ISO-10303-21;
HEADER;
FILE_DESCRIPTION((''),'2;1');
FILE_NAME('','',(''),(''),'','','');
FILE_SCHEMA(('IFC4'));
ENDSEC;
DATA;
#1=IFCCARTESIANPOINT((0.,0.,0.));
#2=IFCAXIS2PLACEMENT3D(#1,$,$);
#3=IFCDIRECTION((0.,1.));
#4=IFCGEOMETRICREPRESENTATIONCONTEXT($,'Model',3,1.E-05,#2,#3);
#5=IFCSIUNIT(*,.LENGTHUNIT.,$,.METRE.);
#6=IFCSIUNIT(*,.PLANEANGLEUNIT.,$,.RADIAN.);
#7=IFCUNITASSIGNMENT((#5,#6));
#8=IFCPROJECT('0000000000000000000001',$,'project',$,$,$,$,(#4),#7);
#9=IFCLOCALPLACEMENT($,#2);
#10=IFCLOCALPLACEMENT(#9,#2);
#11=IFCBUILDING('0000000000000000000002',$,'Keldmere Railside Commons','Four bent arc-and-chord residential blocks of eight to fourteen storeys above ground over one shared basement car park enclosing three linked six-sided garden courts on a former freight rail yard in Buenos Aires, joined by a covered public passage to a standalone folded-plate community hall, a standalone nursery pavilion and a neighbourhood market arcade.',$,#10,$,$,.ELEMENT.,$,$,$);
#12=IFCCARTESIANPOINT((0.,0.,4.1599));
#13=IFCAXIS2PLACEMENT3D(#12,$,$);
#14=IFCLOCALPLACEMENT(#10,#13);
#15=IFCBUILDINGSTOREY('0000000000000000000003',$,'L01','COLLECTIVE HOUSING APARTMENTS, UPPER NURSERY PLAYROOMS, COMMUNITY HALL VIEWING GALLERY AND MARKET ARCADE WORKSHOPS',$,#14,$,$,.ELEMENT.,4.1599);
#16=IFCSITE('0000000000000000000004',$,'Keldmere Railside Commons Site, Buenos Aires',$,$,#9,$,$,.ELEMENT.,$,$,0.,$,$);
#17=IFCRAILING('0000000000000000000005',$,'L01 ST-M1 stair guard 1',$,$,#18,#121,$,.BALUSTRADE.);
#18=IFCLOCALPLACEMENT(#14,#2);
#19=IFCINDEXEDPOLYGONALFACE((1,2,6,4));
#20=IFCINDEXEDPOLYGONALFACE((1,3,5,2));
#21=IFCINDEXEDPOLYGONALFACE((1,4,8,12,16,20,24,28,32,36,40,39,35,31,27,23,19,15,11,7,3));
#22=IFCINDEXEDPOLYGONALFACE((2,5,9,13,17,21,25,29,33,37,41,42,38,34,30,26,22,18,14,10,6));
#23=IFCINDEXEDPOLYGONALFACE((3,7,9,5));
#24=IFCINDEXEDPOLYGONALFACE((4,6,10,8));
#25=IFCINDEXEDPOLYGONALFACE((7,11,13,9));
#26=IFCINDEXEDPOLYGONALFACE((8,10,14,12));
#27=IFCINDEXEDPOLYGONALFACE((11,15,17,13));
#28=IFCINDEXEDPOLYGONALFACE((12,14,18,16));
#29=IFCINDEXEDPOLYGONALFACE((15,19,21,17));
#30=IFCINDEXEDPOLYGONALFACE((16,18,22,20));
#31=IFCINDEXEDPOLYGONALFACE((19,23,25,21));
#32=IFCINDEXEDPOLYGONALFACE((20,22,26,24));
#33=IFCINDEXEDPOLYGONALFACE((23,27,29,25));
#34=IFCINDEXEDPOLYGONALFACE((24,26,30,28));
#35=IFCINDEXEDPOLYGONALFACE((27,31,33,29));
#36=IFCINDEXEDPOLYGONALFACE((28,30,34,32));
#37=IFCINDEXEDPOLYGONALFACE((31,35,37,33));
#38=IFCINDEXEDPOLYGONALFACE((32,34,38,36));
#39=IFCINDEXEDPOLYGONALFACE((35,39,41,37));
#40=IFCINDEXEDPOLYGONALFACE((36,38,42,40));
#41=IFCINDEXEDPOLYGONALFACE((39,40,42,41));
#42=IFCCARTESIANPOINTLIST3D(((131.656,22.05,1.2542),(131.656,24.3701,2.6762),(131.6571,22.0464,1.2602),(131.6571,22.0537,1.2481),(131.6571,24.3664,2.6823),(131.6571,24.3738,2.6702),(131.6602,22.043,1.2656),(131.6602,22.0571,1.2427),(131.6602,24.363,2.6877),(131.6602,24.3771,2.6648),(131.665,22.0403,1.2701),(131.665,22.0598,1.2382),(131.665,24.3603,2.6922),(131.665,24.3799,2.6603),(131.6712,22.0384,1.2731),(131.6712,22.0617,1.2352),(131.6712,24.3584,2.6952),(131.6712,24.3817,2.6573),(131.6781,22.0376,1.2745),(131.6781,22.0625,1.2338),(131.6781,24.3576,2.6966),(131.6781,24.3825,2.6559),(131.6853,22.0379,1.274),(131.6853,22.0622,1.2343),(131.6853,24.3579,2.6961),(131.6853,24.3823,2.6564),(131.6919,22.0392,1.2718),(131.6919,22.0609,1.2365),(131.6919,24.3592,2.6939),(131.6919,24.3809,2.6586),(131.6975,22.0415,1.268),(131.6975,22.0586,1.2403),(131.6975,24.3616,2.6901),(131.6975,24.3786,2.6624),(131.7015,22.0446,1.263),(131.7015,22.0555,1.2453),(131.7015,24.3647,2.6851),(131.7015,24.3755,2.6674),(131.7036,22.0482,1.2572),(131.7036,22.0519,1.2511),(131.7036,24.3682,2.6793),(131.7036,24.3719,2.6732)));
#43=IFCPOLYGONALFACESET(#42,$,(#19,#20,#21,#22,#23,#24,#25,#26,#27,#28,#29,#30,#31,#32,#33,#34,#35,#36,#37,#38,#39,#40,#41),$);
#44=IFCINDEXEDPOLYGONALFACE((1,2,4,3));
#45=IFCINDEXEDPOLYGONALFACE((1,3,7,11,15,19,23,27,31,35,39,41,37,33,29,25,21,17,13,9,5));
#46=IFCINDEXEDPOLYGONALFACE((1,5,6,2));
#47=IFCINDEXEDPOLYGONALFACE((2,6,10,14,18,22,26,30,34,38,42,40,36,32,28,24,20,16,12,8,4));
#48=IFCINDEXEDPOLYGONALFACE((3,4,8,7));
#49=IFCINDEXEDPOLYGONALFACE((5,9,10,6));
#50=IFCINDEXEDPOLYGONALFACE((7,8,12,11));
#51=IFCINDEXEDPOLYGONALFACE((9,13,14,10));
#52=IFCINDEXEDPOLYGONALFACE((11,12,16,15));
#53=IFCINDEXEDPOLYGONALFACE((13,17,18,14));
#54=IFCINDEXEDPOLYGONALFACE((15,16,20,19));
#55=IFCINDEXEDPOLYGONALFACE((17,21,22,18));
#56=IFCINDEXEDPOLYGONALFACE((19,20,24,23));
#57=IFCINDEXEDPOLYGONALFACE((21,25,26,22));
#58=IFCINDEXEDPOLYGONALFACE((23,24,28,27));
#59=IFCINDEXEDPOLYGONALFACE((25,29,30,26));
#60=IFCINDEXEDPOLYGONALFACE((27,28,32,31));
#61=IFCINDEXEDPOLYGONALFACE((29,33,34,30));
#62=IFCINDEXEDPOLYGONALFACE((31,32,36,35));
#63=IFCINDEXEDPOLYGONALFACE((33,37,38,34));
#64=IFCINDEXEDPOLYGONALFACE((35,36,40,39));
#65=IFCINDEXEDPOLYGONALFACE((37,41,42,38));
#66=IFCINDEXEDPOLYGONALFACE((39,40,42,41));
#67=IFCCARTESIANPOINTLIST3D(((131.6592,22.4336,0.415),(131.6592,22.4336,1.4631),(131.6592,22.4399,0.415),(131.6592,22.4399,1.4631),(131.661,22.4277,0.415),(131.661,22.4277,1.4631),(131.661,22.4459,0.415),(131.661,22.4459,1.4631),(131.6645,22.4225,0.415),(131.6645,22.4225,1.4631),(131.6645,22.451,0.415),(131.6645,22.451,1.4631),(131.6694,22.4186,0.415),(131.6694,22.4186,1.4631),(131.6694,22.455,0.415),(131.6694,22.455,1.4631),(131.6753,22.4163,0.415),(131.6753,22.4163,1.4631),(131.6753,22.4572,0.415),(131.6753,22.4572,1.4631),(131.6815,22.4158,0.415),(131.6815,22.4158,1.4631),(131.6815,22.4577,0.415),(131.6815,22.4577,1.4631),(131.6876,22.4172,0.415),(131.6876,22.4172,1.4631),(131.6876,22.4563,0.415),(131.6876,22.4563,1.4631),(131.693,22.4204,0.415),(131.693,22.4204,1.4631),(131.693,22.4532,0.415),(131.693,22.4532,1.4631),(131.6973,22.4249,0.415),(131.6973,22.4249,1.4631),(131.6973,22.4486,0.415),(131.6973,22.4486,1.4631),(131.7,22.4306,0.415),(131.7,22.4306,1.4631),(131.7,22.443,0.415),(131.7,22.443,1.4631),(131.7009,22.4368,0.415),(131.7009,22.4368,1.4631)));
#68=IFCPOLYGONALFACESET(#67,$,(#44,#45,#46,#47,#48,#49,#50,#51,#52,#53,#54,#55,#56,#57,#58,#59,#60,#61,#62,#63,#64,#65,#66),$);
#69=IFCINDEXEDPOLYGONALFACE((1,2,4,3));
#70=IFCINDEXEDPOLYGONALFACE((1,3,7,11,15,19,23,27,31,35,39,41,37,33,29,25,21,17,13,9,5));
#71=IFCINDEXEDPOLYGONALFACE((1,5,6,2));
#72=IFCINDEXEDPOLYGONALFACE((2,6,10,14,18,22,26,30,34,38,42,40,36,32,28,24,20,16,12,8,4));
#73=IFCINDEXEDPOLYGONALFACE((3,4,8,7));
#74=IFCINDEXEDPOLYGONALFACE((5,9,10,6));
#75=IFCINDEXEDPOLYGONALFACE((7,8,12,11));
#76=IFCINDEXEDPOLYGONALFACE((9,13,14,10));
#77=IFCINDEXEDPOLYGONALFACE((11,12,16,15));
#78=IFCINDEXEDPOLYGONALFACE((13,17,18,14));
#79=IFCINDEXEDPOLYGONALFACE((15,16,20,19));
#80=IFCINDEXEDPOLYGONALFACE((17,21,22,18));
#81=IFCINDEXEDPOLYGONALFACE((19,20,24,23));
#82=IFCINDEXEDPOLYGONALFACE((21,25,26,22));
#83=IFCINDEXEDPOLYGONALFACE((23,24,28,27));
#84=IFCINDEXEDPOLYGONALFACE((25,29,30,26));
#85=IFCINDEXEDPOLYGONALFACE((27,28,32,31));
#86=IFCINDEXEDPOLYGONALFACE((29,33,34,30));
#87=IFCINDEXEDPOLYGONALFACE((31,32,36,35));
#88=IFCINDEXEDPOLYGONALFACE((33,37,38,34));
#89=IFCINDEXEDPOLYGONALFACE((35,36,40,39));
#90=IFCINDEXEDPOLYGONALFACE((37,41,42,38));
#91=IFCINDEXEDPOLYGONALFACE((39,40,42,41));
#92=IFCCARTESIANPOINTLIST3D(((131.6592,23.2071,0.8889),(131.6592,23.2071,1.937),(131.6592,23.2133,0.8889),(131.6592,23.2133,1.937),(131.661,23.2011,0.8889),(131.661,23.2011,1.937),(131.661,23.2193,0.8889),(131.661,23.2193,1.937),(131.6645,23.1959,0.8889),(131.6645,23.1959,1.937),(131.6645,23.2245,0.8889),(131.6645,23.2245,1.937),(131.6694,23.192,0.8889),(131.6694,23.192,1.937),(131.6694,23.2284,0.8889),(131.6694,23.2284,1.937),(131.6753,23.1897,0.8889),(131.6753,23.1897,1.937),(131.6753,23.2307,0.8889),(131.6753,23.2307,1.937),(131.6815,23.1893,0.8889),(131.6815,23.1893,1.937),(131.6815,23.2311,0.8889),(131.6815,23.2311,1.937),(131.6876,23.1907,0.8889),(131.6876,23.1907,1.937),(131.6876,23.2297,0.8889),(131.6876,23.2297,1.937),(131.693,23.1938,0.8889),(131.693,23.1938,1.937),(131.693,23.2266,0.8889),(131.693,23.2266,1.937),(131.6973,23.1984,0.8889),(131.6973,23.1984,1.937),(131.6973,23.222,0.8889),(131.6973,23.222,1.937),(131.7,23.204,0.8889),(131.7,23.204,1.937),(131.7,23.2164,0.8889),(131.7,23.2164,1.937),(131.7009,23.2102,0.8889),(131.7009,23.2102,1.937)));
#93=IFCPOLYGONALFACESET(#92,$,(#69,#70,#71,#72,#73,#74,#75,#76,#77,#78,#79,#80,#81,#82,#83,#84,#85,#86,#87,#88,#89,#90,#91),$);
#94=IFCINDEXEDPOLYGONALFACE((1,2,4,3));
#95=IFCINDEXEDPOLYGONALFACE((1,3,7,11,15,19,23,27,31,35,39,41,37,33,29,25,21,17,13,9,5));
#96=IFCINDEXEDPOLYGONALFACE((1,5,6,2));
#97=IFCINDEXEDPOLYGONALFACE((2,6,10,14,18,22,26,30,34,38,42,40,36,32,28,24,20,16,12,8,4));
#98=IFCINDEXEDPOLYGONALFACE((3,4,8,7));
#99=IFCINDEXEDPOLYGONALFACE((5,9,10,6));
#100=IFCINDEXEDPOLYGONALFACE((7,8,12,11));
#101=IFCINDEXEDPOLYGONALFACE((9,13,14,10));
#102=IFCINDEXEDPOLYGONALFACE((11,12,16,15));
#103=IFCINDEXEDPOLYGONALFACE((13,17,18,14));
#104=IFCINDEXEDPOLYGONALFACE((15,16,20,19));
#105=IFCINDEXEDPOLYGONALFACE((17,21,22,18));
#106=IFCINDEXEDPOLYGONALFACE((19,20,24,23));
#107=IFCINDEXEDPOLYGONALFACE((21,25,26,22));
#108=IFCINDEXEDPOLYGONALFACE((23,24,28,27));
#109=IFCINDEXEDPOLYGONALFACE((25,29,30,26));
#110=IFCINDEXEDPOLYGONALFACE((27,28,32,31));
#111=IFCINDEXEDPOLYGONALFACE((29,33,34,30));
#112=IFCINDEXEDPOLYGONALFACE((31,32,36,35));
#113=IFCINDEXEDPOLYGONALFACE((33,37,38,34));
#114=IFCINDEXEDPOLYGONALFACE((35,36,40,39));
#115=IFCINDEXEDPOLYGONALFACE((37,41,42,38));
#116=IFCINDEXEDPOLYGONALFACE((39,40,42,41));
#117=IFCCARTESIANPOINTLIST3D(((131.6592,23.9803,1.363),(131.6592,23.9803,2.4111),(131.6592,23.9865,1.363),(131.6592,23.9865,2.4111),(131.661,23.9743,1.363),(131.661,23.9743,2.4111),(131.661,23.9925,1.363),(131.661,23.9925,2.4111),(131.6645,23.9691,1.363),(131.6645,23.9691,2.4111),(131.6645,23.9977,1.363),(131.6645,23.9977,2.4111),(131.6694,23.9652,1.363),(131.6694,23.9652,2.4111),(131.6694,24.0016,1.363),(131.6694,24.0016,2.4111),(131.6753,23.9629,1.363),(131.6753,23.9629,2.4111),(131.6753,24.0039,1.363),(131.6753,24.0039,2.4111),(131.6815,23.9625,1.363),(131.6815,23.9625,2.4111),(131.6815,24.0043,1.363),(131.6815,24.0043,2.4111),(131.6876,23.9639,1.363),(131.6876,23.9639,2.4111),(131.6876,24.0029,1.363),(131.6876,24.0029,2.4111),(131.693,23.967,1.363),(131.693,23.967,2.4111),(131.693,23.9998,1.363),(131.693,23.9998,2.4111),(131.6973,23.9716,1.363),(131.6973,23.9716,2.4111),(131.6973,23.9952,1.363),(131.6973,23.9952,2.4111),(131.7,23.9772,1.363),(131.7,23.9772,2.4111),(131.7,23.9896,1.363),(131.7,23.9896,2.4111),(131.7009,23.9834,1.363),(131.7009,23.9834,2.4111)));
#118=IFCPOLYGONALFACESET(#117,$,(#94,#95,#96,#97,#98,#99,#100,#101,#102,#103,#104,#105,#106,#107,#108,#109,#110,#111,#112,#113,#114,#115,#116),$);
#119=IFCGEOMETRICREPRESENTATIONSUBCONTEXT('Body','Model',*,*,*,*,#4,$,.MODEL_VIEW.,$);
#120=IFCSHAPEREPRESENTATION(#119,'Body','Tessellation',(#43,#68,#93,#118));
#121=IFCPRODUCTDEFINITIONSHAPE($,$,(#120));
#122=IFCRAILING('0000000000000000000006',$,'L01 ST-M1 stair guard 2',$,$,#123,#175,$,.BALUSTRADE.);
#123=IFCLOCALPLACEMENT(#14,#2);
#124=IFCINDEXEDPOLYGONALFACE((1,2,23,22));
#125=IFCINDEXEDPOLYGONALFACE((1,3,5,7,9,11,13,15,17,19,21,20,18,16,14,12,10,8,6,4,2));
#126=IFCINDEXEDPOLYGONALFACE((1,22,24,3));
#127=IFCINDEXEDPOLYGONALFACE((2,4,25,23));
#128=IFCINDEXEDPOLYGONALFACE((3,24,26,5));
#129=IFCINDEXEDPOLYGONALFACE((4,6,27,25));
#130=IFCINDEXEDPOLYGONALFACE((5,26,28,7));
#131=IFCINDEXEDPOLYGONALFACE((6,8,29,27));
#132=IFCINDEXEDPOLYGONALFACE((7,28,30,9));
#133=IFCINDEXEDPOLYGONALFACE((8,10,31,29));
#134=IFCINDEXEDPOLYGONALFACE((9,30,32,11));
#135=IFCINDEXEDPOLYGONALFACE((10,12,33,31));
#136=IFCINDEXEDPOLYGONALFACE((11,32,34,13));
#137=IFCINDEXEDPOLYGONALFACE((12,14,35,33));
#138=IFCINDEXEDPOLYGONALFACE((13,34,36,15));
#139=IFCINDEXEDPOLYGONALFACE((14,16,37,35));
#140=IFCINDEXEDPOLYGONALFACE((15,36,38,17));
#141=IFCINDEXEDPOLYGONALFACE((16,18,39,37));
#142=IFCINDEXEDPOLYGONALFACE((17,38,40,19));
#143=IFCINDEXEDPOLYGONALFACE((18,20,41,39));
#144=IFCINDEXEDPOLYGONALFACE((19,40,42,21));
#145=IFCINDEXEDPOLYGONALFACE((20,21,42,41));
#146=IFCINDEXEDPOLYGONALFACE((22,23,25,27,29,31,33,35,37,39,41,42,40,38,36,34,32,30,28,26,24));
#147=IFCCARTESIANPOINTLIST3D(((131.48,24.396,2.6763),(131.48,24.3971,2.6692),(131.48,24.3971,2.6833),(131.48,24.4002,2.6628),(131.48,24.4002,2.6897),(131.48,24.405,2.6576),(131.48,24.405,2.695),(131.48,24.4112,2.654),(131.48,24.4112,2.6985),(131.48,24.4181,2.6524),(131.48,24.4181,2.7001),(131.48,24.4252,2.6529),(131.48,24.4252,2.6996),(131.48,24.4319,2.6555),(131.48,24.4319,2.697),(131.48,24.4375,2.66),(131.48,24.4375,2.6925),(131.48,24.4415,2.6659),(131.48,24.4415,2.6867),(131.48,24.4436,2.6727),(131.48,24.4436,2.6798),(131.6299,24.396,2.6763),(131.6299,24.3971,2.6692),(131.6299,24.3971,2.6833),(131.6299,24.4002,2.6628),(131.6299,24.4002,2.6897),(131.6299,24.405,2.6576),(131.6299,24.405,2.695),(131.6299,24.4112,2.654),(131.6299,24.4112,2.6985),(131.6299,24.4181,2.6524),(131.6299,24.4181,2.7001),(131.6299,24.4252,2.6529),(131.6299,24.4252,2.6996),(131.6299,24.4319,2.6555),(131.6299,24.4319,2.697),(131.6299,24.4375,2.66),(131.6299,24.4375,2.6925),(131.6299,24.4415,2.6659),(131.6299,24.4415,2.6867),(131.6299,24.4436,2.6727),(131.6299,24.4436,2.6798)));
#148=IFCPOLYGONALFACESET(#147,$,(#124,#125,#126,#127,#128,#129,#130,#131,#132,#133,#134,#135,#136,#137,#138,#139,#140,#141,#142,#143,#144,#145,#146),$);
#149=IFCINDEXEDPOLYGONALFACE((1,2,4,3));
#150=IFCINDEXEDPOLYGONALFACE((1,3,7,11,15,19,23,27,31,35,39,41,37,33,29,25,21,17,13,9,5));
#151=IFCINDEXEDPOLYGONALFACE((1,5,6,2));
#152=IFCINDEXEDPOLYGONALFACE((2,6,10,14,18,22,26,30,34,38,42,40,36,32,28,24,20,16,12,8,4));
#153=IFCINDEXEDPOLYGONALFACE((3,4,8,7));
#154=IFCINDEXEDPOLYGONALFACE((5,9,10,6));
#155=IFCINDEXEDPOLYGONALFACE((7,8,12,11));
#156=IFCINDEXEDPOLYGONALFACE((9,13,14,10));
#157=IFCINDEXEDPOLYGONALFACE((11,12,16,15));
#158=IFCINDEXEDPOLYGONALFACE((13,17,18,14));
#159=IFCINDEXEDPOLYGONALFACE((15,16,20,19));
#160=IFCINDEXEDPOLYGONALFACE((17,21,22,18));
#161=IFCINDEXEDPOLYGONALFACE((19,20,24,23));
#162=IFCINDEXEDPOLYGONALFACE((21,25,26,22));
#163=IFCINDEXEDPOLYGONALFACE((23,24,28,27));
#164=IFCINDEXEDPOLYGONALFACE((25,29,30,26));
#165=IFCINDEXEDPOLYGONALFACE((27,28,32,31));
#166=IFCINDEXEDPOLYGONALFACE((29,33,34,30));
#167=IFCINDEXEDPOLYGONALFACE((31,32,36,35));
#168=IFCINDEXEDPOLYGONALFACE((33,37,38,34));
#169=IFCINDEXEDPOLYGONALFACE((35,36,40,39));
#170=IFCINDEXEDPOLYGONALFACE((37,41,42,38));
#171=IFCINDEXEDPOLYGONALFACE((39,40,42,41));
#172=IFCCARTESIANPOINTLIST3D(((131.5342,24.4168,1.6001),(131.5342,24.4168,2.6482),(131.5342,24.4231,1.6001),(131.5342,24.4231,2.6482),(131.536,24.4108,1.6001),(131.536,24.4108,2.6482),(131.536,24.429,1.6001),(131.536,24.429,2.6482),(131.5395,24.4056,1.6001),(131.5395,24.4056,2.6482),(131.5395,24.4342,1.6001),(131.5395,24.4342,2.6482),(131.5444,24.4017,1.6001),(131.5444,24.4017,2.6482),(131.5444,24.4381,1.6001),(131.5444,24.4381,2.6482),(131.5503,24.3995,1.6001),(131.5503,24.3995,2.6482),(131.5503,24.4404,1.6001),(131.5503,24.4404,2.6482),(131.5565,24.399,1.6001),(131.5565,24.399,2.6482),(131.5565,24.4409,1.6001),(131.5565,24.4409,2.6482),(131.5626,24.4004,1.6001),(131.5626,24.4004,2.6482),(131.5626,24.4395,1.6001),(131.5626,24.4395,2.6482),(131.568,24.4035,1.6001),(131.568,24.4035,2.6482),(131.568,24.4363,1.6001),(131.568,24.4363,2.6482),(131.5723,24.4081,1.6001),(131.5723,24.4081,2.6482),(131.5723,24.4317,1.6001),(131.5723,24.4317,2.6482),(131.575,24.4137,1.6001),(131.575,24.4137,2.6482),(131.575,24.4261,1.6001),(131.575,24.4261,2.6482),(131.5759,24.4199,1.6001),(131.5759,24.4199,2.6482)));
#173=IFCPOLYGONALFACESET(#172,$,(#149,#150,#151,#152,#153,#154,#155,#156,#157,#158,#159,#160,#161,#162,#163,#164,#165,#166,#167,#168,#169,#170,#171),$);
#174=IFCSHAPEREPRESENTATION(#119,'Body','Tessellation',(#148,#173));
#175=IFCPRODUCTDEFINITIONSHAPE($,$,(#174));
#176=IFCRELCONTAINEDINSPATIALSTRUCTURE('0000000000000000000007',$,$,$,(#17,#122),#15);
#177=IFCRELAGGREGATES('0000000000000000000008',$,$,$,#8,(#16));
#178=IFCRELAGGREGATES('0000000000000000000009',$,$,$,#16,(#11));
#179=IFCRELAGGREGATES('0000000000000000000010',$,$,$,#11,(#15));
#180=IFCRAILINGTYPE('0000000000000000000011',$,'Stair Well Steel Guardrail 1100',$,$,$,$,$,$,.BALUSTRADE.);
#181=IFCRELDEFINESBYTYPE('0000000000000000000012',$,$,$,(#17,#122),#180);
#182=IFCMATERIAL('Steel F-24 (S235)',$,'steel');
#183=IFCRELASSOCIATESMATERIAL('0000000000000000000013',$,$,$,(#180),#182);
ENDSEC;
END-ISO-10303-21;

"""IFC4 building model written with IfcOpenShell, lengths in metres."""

from ifc_helpers import new_model, si_unit, direction, frame, origin, origin_2d, place, context, subcontext, project, spatial, circle, extrude, material, type_object, element, save


model = new_model("IFC4")

# Units and contexts
model_context = context("Model", 3, precision=1e-05, world=origin(), true_north=direction((0.0, 1.0)))
body_context = subcontext(model_context, "Body", "Model", "MODEL_VIEW")
ifc_project = project(units=[si_unit("LENGTHUNIT", "METRE"), si_unit("PLANEANGLEUNIT", "RADIAN")], contexts=[model_context])

# Site, building, storey
site_placement = place(None, origin())
site = spatial("IfcSite", under=ifc_project, at=site_placement, Name="Keldmere Railside Commons Site, Buenos Aires", CompositionType="ELEMENT", RefElevation=0.0)
building_placement = place(site_placement, origin())
building = spatial("IfcBuilding", under=site, at=building_placement, Name="Keldmere Railside Commons", Description="Four bent arc-and-chord residential blocks of eight to fourteen storeys above ground over one shared basement car park enclosing three linked six-sided garden courts on a former freight rail yard in Buenos Aires, joined by a covered public passage to a standalone folded-plate community hall, a standalone nursery pavilion and a neighbourhood market arcade.", CompositionType="ELEMENT")
storey_placement = place(building_placement, frame((0.0, 0.0, 4.1599)))
storey = spatial("IfcBuildingStorey", under=building, at=storey_placement, Name="L01", Description="COLLECTIVE HOUSING APARTMENTS, UPPER NURSERY PLAYROOMS, COMMUNITY HALL VIEWING GALLERY AND MARKET ARCADE WORKSHOPS", CompositionType="ELEMENT", Elevation=4.1599)

# Shared definitions
ifc_material_1 = material(Name="Steel F-24 (S235)", Category="steel")

# Railings
railing_type_1 = type_object("IfcRailingType", Name="Stair Well Steel Guardrail 1100", PredefinedType="BALUSTRADE", material=ifc_material_1)
railing_1_placement = place(storey_placement, frame((131.6799, 22.05, 0.178)))
element("IfcRailing", 1, at=railing_1_placement, inside=storey, type_object=railing_type_1, Name="L01 ST-M1 stair guard 1", PredefinedType="BALUSTRADE", context=body_context, shape_type="SweptSolid", body=[
    extrude(circle(Radius=0.0239, at=origin_2d()), frame((0.0, 0.0, 1.0762), z_axis=(0.0, 0.852578, 0.5226), x_axis=(-1.0, 0.0, 0.0)), (0.0, 0.0, 1.0), 2.7212),
    extrude(circle(Radius=0.021, at=origin_2d()), frame((0.0, 0.3867, 0.2371)), (0.0, 0.0, 1.0), 1.0481),
    extrude(circle(Radius=0.021, at=origin_2d()), frame((0.0, 1.1602, 0.7109)), (0.0, 0.0, 1.0), 1.0481),
    extrude(circle(Radius=0.021, at=origin_2d()), frame((0.0, 1.9333, 1.1851)), (0.0, 0.0, 1.0), 1.0481),
])
railing_2_placement = place(storey_placement, frame((131.6299, 24.4199, 1.6001)))
element("IfcRailing", 2, at=railing_2_placement, inside=storey, type_object=railing_type_1, Name="L01 ST-M1 stair guard 2", PredefinedType="BALUSTRADE", context=body_context, shape_type="SweptSolid", body=[
    extrude(circle(Radius=0.0239, at=origin_2d()), frame((0.0, 0.0, 1.0762), z_axis=(-1.0, 0.0, 0.0), x_axis=(0.0, -1.0, 0.0)), (0.0, 0.0, 1.0), 0.1499),
    extrude(circle(Radius=0.021, at=origin_2d()), frame((-0.075, 0.0, 0.0)), (0.0, 0.0, 1.0), 1.0481),
])

save(model, "model.ifc")
